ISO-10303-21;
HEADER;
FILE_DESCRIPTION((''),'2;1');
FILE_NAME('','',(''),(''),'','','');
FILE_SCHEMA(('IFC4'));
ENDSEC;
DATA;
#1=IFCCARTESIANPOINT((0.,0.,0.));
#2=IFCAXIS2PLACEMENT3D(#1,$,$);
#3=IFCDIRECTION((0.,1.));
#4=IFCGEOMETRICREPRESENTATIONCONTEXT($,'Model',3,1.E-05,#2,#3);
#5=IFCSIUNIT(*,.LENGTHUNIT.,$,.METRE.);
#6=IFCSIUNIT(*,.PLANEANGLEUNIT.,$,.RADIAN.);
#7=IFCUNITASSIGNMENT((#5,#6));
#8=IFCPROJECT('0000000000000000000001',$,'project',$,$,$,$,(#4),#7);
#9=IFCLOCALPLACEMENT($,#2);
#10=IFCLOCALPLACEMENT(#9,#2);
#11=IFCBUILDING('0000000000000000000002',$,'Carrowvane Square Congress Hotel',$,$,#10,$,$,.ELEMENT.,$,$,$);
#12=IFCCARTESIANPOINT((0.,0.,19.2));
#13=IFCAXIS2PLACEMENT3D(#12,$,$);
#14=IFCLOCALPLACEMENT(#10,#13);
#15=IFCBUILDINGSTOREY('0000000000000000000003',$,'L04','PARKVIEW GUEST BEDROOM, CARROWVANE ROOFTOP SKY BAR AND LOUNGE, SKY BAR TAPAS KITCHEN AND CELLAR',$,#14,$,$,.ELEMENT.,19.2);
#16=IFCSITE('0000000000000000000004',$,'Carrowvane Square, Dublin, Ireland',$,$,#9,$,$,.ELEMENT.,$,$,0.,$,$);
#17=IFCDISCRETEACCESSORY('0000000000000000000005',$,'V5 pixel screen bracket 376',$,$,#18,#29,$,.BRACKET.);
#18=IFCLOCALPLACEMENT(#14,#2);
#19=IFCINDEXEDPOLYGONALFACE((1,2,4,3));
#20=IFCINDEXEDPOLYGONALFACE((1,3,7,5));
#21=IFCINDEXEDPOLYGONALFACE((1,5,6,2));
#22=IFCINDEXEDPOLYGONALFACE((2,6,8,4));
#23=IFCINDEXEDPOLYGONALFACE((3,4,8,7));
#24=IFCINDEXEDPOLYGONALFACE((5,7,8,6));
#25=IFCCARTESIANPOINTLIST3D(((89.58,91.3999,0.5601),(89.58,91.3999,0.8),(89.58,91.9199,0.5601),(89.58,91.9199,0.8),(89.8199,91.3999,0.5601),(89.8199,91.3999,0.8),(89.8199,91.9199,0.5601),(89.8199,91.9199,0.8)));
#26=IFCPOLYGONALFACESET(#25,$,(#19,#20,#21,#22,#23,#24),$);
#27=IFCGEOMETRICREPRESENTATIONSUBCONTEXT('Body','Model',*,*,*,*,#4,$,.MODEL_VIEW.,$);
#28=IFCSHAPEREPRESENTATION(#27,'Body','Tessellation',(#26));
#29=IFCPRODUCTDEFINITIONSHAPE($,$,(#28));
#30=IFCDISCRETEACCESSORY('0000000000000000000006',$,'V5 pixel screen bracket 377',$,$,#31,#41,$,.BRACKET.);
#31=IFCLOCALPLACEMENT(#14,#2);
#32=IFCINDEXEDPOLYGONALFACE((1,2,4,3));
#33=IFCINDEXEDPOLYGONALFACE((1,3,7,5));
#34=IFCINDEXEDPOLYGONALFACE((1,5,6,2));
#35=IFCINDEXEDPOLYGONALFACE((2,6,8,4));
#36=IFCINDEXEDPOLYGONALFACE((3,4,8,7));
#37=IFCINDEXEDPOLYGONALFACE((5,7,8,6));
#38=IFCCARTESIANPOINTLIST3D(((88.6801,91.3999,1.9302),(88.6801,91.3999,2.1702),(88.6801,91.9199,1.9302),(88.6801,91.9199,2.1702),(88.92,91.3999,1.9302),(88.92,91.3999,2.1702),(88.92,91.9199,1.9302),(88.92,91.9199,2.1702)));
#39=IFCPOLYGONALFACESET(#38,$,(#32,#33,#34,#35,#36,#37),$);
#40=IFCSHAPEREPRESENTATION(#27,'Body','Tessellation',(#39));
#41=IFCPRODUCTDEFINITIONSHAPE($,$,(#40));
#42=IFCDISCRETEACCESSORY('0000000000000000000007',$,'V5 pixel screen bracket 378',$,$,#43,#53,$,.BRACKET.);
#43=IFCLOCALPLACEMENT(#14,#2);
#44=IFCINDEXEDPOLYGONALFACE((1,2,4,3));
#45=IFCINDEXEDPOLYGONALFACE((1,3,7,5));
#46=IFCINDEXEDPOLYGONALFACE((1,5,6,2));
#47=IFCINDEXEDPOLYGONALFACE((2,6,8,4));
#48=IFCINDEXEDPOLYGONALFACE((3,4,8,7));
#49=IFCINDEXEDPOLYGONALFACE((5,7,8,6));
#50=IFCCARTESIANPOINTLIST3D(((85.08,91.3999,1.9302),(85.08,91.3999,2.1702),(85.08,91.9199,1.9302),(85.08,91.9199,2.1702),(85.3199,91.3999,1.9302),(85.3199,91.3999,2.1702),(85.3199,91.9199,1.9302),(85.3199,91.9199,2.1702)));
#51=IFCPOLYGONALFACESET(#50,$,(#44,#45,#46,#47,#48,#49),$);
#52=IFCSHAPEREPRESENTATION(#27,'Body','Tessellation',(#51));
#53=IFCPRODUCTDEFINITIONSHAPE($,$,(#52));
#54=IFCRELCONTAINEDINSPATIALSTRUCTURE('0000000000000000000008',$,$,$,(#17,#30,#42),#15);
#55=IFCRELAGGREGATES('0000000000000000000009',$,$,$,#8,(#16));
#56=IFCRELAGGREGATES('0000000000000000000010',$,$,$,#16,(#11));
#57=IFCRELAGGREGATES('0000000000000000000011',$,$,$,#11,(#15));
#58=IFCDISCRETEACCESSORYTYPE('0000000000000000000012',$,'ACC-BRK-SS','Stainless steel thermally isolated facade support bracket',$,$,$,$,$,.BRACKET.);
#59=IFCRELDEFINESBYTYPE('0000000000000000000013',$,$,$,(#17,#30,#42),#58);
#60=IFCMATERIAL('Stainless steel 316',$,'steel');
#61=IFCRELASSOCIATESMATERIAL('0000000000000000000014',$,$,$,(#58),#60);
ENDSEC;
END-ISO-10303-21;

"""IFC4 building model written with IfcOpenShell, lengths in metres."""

from ifc_helpers import new_model, si_unit, direction, frame, origin, origin_2d, place, context, subcontext, project, spatial, rectangle, extrude, material, type_object, element, save


model = new_model("IFC4")

# Units and contexts
model_context = context("Model", 3, precision=1e-05, world=origin(), true_north=direction((0.0, 1.0)))
body_context = subcontext(model_context, "Body", "Model", "MODEL_VIEW")
ifc_project = project(units=[si_unit("LENGTHUNIT", "METRE"), si_unit("PLANEANGLEUNIT", "RADIAN")], contexts=[model_context])

# Site, building, storey
site_placement = place(None, origin())
site = spatial("IfcSite", under=ifc_project, at=site_placement, Name="Carrowvane Square, Dublin, Ireland", CompositionType="ELEMENT", RefElevation=0.0)
building_placement = place(site_placement, origin())
building = spatial("IfcBuilding", under=site, at=building_placement, Name="Carrowvane Square Congress Hotel", CompositionType="ELEMENT")
storey_placement = place(building_placement, frame((0.0, 0.0, 19.2)))
storey = spatial("IfcBuildingStorey", under=building, at=storey_placement, Name="L04", Description="PARKVIEW GUEST BEDROOM, CARROWVANE ROOFTOP SKY BAR AND LOUNGE, SKY BAR TAPAS KITCHEN AND CELLAR", CompositionType="ELEMENT", Elevation=19.2)

# Discrete accessories
ifc_material_1 = material(Name="Stainless steel 316", Category="steel")
discrete_accessory_type = type_object("IfcDiscreteAccessoryType", Name="ACC-BRK-SS", Description="Stainless steel thermally isolated facade support bracket", PredefinedType="BRACKET", material=ifc_material_1)
for number, where, z_axis, x_axis, name in (
    (1, (89.7, 91.6599, 0.5601), (0.0, 0.0, 1.0), (-1.0, 0.0, 0.0), "V5 pixel screen bracket 376"),
    (2, (88.8, 91.6599, 1.9302), (0.0, 0.0, 1.0), (-1.0, 0.0, 0.0), "V5 pixel screen bracket 377"),
    (3, (85.2, 91.6599, 1.9302), (0.0, 0.0, 1.0), (-1.0, 0.0, 0.0), "V5 pixel screen bracket 378"),
):
    element("IfcDiscreteAccessory", number, at=place(storey_placement, frame(where, z_axis=z_axis, x_axis=x_axis)), inside=storey, type_object=discrete_accessory_type, Name=name, PredefinedType="BRACKET", context=body_context, shape_type="SweptSolid", body=[
        extrude(rectangle(XDim=0.24, YDim=0.52, at=origin_2d()), origin(), (0.0, 0.0, 1.0), 0.24),
    ])

save(model, "model.ifc")
